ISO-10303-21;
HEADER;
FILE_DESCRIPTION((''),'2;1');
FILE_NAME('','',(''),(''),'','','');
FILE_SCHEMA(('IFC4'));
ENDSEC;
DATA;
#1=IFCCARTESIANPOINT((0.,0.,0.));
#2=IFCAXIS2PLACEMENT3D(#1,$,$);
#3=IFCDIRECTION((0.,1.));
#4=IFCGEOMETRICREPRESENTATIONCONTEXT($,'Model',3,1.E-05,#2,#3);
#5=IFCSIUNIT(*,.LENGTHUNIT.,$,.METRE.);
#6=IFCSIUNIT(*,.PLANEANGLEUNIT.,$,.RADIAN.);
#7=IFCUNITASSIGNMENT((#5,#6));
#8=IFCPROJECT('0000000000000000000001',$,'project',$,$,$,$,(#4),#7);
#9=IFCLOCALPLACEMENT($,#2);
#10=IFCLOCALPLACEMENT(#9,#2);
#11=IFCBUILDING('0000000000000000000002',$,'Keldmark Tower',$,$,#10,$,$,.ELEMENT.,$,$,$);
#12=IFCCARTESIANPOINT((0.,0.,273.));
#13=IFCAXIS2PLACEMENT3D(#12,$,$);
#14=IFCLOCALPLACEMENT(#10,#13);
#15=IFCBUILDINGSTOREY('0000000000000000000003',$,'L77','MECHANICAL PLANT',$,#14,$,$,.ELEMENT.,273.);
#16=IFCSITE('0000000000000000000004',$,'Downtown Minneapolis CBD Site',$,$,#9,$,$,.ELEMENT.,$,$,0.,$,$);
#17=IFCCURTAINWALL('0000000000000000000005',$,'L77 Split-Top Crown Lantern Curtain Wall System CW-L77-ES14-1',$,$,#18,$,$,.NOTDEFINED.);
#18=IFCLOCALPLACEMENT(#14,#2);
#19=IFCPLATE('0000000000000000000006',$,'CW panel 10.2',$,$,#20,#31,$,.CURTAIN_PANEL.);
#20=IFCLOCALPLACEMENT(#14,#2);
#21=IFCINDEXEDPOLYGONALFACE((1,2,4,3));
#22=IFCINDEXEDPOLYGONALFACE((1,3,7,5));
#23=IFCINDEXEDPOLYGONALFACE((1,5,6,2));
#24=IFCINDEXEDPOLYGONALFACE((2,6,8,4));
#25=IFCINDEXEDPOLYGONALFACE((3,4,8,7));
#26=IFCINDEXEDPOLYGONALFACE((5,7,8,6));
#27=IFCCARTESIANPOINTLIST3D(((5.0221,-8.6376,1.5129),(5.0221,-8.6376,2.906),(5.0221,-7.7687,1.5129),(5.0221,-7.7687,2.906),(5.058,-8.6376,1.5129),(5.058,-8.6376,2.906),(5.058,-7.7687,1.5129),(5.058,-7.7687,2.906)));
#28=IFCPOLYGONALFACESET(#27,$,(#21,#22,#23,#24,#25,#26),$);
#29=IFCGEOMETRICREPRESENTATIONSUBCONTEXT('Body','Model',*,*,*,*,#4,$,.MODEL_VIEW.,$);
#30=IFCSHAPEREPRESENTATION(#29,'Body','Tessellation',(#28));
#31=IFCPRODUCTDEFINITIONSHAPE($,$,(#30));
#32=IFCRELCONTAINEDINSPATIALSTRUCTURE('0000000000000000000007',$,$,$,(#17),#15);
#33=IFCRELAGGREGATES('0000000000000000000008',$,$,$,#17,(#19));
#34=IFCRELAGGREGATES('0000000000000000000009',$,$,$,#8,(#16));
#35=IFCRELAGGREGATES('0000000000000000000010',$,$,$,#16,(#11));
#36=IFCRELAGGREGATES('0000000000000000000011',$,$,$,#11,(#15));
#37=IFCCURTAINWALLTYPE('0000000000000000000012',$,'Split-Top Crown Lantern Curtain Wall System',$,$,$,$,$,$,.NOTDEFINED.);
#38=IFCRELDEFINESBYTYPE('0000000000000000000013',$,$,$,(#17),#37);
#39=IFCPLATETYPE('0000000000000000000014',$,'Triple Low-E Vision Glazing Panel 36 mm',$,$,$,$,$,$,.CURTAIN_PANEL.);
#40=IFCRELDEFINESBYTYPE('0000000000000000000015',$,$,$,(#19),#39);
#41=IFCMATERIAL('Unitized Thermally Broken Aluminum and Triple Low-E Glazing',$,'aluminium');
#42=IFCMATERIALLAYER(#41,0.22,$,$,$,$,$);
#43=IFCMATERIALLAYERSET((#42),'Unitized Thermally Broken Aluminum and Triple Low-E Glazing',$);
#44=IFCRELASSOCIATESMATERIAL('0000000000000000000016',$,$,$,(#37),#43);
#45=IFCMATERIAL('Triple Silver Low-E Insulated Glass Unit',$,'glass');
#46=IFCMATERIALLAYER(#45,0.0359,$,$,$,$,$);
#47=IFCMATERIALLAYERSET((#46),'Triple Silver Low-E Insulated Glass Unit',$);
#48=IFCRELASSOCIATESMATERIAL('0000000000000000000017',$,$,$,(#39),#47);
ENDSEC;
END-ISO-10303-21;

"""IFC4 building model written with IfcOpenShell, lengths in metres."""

from ifc_helpers import new_model, si_unit, direction, frame, origin, origin_2d, place, context, subcontext, project, spatial, rectangle, extrude, material, layer, layer_set, type_object, element, aggregate, save


model = new_model("IFC4")

# Units and contexts
model_context = context("Model", 3, precision=1e-05, world=origin(), true_north=direction((0.0, 1.0)))
body_context = subcontext(model_context, "Body", "Model", "MODEL_VIEW")
ifc_project = project(units=[si_unit("LENGTHUNIT", "METRE"), si_unit("PLANEANGLEUNIT", "RADIAN")], contexts=[model_context])

# Site, building, storey
site_placement = place(None, origin())
site = spatial("IfcSite", under=ifc_project, at=site_placement, Name="Downtown Minneapolis CBD Site", CompositionType="ELEMENT", RefElevation=0.0)
building_placement = place(site_placement, origin())
building = spatial("IfcBuilding", under=site, at=building_placement, Name="Keldmark Tower", CompositionType="ELEMENT")
storey_placement = place(building_placement, frame((0.0, 0.0, 273.0)))
storey = spatial("IfcBuildingStorey", under=building, at=storey_placement, Name="L77", Description="MECHANICAL PLANT", CompositionType="ELEMENT", Elevation=273.0)

# Curtain wall, plate
ifc_material_1 = material(Name="Unitized Thermally Broken Aluminum and Triple Low-E Glazing", Category="aluminium")
ifc_layer_1 = layer(ifc_material_1, 0.22)
ifc_layer_set_1 = layer_set([ifc_layer_1], Name="Unitized Thermally Broken Aluminum and Triple Low-E Glazing")
curtain_wall_type = type_object("IfcCurtainWallType", Name="Split-Top Crown Lantern Curtain Wall System", PredefinedType="NOTDEFINED", material=ifc_layer_set_1)
curtain_wall_placement = place(storey_placement, origin())
curtain_wall = element("IfcCurtainWall", 1, at=curtain_wall_placement, inside=storey, type_object=curtain_wall_type, Name="L77 Split-Top Crown Lantern Curtain Wall System CW-L77-ES14-1", PredefinedType="NOTDEFINED")
ifc_material_2 = material(Name="Triple Silver Low-E Insulated Glass Unit", Category="glass")
ifc_layer_2 = layer(ifc_material_2, 0.0359)
ifc_layer_set_2 = layer_set([ifc_layer_2], Name="Triple Silver Low-E Insulated Glass Unit")
plate_type = type_object("IfcPlateType", Name="Triple Low-E Vision Glazing Panel 36 mm", PredefinedType="CURTAIN_PANEL", material=ifc_layer_set_2)
plate_1_placement = place(storey_placement, frame((5.04, -8.2031, 1.5129), z_axis=(0.0, 0.0, 1.0), x_axis=(0.0, -1.0, 0.0)))
plate_1 = element("IfcPlate", 2, at=plate_1_placement, type_object=plate_type, Name="CW panel 10.2", PredefinedType="CURTAIN_PANEL", context=body_context, shape_type="SweptSolid", body=[
    extrude(rectangle(XDim=0.8689, YDim=0.0359, at=origin_2d()), origin(), (0.0, 0.0, 1.0), 1.3931),
])
aggregate(curtain_wall, [plate_1])

save(model, "model.ifc")
